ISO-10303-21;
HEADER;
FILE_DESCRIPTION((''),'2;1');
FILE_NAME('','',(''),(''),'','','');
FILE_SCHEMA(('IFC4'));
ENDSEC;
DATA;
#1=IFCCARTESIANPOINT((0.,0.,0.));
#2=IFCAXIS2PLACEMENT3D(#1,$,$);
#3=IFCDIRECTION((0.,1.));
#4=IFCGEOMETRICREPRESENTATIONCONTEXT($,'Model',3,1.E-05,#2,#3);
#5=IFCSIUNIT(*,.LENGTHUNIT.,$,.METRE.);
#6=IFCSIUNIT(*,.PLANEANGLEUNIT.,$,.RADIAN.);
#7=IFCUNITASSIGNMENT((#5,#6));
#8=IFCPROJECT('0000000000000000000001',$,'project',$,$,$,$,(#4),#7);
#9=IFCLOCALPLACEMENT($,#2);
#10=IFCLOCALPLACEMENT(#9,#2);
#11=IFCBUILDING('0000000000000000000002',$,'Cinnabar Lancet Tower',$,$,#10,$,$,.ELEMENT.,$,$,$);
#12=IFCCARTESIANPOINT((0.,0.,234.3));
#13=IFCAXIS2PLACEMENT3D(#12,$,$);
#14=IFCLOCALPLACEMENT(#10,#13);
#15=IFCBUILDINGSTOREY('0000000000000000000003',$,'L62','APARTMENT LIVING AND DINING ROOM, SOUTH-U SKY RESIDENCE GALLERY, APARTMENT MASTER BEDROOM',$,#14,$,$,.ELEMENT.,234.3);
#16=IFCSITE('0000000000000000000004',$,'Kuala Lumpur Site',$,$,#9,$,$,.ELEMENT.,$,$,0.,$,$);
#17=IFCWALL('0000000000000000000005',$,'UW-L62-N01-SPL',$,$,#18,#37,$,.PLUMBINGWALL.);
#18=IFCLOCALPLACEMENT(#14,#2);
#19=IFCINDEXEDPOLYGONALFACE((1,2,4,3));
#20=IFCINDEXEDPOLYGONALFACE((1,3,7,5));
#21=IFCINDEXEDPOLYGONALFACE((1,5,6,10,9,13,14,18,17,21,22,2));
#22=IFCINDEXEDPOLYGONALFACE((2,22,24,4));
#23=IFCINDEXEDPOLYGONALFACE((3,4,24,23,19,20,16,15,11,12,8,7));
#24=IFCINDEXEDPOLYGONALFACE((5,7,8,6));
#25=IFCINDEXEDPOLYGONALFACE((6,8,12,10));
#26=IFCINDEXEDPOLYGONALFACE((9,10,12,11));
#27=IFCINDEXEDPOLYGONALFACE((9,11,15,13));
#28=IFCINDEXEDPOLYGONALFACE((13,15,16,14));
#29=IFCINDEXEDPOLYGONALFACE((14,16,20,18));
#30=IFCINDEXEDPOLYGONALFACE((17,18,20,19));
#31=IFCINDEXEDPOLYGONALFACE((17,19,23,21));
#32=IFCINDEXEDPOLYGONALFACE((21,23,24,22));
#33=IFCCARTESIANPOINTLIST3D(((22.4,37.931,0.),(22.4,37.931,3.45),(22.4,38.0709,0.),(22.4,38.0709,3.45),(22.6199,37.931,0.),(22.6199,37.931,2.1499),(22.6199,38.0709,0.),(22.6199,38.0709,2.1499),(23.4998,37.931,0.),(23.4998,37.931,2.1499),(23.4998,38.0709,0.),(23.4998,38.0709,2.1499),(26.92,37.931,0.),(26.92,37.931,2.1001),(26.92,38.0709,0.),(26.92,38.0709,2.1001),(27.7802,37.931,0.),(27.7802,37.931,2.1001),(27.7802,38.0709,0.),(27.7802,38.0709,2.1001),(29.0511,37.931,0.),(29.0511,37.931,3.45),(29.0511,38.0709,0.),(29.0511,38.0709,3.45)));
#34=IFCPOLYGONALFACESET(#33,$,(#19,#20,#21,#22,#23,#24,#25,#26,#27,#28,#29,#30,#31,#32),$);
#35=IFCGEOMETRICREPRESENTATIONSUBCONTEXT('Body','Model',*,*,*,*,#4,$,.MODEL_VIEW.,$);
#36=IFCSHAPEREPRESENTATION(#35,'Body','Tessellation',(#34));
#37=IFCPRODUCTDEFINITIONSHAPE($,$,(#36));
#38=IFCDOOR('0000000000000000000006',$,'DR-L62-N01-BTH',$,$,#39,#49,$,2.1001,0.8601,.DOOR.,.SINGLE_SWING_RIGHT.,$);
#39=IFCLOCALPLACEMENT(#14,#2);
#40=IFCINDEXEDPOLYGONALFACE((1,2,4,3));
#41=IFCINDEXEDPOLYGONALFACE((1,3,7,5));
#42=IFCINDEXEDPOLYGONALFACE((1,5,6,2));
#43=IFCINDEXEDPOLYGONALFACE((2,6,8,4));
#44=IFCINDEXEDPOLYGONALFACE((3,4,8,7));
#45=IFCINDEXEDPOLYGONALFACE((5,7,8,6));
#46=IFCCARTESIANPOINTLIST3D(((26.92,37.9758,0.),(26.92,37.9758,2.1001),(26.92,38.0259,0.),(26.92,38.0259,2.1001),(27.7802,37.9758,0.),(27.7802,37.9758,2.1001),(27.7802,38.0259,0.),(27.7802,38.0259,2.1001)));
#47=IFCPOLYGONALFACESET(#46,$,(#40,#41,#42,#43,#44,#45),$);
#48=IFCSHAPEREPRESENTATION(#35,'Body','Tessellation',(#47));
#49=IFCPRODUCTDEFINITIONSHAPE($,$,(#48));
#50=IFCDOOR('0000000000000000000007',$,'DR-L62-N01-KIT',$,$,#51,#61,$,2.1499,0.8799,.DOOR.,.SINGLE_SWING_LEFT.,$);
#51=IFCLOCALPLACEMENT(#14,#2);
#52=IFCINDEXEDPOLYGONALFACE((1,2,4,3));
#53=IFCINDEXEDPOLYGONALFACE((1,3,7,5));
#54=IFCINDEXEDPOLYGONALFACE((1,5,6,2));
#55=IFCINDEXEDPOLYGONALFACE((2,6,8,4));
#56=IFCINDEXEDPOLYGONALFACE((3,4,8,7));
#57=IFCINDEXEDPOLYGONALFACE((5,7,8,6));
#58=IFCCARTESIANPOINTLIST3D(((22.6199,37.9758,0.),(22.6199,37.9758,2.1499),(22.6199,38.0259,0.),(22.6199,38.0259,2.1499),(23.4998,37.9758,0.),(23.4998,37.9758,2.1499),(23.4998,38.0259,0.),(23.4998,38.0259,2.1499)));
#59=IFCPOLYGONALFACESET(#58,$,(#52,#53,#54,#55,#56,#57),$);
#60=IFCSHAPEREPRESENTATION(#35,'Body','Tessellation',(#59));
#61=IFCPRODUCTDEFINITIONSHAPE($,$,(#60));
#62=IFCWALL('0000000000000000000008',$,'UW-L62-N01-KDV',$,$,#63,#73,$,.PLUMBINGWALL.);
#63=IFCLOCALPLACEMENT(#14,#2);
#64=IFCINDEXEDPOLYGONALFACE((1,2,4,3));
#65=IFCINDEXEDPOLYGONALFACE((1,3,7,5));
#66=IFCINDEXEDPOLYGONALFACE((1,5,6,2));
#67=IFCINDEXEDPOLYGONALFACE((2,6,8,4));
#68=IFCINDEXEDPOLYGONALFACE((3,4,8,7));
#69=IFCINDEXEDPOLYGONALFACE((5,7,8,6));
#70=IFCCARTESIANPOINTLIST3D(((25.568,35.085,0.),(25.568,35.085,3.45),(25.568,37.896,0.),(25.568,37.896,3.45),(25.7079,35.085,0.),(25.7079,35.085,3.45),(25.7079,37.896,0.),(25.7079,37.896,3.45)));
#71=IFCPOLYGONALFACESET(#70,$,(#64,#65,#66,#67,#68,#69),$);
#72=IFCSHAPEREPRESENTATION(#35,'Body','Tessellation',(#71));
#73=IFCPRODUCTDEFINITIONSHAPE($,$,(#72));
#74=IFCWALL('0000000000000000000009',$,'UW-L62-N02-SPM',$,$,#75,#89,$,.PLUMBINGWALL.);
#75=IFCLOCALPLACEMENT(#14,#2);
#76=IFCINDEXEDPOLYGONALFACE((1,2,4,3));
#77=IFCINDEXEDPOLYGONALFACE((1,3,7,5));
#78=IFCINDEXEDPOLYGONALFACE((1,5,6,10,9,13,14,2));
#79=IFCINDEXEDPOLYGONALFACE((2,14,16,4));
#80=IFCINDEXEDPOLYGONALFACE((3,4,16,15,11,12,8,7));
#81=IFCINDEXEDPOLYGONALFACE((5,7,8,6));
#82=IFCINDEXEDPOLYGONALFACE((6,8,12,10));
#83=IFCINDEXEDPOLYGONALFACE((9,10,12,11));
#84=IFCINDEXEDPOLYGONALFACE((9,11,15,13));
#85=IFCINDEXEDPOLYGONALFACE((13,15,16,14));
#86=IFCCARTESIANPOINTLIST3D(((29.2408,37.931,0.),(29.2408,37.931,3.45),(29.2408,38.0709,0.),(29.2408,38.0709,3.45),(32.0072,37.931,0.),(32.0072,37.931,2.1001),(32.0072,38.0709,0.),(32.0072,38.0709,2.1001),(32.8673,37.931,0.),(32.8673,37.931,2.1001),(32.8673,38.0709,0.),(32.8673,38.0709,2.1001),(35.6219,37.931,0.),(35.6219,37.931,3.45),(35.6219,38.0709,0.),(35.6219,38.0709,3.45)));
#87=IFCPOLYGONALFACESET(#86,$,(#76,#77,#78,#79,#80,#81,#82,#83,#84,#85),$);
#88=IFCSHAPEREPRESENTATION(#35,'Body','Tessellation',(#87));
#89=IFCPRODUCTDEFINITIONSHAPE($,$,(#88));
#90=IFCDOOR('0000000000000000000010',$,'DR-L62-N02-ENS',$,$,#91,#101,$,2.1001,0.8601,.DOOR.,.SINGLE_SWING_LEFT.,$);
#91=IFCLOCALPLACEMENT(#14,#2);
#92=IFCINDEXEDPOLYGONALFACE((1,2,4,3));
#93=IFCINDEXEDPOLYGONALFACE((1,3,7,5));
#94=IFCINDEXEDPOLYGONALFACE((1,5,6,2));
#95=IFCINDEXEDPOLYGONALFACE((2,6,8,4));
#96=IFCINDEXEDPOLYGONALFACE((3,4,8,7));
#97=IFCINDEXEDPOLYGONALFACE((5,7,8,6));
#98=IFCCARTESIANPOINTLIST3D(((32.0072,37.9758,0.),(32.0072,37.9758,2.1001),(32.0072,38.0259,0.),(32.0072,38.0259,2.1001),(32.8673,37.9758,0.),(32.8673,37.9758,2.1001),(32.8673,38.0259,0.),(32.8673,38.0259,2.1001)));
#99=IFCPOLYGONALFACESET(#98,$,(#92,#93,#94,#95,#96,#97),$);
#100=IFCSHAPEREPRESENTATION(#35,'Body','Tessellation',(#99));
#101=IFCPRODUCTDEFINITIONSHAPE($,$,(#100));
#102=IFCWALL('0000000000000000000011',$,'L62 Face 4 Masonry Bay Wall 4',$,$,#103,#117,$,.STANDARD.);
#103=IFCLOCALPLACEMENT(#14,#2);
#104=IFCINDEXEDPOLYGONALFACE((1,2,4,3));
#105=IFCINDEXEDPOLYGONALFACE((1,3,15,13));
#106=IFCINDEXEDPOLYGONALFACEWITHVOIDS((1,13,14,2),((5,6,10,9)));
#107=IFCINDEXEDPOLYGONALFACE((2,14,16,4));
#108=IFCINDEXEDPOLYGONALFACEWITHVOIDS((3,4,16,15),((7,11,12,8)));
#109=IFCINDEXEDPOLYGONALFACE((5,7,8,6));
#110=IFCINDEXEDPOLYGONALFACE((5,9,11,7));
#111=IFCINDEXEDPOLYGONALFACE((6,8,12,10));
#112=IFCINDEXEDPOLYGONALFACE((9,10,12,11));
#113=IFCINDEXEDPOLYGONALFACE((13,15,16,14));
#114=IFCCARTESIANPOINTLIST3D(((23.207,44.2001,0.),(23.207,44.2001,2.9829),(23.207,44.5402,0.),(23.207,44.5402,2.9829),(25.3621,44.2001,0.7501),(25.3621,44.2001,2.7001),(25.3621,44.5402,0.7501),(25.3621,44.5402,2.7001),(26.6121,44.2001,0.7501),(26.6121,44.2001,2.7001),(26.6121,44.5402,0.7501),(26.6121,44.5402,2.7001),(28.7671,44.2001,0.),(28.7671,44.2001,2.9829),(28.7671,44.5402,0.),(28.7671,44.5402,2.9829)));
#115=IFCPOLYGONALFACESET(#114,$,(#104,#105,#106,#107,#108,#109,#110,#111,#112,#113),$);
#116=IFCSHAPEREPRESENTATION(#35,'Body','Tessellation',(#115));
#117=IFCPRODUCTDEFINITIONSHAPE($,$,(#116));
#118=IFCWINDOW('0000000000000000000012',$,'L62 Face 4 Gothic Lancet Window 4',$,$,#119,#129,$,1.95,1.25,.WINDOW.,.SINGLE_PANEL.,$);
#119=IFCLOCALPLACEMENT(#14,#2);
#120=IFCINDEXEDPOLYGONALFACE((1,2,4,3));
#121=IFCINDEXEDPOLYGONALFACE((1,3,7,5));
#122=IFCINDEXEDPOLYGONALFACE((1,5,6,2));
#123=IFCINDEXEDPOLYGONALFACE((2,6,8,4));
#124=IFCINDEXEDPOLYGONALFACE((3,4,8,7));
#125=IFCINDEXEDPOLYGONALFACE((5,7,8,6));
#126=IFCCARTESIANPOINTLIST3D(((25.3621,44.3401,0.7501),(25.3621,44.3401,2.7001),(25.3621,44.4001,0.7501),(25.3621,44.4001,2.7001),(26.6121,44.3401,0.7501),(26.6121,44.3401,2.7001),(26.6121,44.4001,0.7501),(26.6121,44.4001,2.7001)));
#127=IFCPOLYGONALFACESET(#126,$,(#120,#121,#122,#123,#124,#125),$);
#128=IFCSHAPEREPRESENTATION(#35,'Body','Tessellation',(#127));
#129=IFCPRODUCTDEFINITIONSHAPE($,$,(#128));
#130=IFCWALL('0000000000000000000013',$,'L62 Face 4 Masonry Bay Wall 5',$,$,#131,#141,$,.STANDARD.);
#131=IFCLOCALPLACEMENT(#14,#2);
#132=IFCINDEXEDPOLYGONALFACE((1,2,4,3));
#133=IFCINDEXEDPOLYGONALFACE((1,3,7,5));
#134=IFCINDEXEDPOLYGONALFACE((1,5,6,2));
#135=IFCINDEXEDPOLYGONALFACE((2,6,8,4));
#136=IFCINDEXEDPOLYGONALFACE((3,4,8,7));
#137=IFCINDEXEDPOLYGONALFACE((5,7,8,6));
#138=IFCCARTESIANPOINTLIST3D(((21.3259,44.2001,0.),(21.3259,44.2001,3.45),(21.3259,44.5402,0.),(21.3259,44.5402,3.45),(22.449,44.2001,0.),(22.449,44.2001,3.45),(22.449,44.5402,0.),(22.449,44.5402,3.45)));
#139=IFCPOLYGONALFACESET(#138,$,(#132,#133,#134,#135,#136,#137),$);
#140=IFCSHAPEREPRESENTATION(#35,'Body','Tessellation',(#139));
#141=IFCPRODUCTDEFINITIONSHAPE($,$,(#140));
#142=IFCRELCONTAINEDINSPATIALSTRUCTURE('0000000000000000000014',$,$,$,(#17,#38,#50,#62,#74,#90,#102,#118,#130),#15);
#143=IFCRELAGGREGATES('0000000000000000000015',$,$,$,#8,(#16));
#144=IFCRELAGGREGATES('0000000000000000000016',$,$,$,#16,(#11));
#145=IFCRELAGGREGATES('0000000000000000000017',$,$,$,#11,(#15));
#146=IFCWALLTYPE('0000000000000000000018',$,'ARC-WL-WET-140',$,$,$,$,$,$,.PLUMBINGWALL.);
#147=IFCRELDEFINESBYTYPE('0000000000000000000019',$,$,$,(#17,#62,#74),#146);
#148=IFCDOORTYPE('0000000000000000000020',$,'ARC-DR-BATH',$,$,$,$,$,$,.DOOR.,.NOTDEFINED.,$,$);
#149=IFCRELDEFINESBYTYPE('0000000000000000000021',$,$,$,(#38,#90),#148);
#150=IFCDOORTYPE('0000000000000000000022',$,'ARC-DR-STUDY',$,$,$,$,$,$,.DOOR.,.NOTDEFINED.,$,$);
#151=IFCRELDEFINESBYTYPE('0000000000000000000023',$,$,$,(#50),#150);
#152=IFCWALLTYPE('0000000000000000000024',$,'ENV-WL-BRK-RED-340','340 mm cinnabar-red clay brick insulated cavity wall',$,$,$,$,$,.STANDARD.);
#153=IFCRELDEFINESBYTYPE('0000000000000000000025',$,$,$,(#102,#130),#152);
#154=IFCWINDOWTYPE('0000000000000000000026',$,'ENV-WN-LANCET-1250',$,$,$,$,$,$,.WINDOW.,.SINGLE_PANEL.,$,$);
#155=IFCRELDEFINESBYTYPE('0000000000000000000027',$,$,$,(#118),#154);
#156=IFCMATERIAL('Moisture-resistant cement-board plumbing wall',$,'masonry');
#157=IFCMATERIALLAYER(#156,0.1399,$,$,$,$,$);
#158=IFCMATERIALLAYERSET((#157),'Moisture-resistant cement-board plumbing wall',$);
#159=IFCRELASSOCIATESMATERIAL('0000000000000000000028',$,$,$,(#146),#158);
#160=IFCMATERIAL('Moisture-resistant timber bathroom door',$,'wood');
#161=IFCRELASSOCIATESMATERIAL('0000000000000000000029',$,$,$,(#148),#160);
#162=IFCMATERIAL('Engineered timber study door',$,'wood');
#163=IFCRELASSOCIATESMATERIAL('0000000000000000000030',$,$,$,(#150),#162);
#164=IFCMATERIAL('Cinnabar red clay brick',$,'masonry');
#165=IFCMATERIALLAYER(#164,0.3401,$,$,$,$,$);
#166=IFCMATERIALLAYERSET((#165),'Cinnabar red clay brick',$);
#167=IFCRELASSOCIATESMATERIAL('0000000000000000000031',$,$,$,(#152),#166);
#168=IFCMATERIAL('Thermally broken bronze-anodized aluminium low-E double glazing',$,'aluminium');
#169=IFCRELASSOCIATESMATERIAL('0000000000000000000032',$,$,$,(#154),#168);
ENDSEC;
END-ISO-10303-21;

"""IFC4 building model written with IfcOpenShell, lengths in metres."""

from ifc_helpers import new_model, si_unit, direction, frame, frame_2d, origin, place, context, subcontext, project, spatial, rectangle, extrude, material, layer, layer_set, type_object, element, fill, save


model = new_model("IFC4")

# Units and contexts
model_context = context("Model", 3, precision=1e-05, world=origin(), true_north=direction((0.0, 1.0)))
body_context = subcontext(model_context, "Body", "Model", "MODEL_VIEW")
ifc_project = project(units=[si_unit("LENGTHUNIT", "METRE"), si_unit("PLANEANGLEUNIT", "RADIAN")], contexts=[model_context])

# Site, building, storey
site_placement = place(None, origin())
site = spatial("IfcSite", under=ifc_project, at=site_placement, Name="Kuala Lumpur Site", CompositionType="ELEMENT", RefElevation=0.0)
building_placement = place(site_placement, origin())
building = spatial("IfcBuilding", under=site, at=building_placement, Name="Cinnabar Lancet Tower", CompositionType="ELEMENT")
storey_placement = place(building_placement, frame((0.0, 0.0, 234.3)))
storey = spatial("IfcBuildingStorey", under=building, at=storey_placement, Name="L62", Description="APARTMENT LIVING AND DINING ROOM, SOUTH-U SKY RESIDENCE GALLERY, APARTMENT MASTER BEDROOM", CompositionType="ELEMENT", Elevation=234.3)

# Wall, openings, doors
ifc_material_1 = material(Name="Moisture-resistant cement-board plumbing wall", Category="masonry")
ifc_layer_1 = layer(ifc_material_1, 0.1399)
ifc_layer_set_1 = layer_set([ifc_layer_1], Name="Moisture-resistant cement-board plumbing wall")
wall_type_1 = type_object("IfcWallType", Name="ARC-WL-WET-140", PredefinedType="PLUMBINGWALL", material=ifc_layer_set_1)
wall_1_placement = place(storey_placement, frame((22.3999, 38.001, 0.0), z_axis=(0.0, 0.0, 1.0), x_axis=(1.0, 0.0, 0.0)))
wall_1 = element("IfcWall", 1, at=wall_1_placement, inside=storey, type_object=wall_type_1, Name="UW-L62-N01-SPL", PredefinedType="PLUMBINGWALL", context=body_context, shape_type="SweptSolid", body=[
    extrude(rectangle(XDim=6.6511, YDim=0.1399, at=frame_2d((3.3257, 0.0))), origin(), (0.0, 0.0, 1.0), 3.45),
])
opening_1_placement = place(wall_1_placement, frame((4.52, 0.0, 0.0)))
opening_1 = element("IfcOpeningElement", 2, at=opening_1_placement, cuts=wall_1, PredefinedType="OPENING", context=body_context, shape_type="SweptSolid", body=[
    extrude(rectangle(XDim=0.8601, YDim=2.1001, at=frame_2d((0.4302, 1.05))), frame((0.0, 0.0798, 0.0), z_axis=(0.0, -1.0, 0.0), x_axis=(1.0, 0.0, 0.0)), (0.0, 0.0, 1.0), 0.1599),
])
opening_2_placement = place(wall_1_placement, frame((0.22, 0.0, 0.0)))
opening_2 = element("IfcOpeningElement", 3, at=opening_2_placement, cuts=wall_1, PredefinedType="OPENING", context=body_context, shape_type="SweptSolid", body=[
    extrude(rectangle(XDim=0.8799, YDim=2.1499, at=frame_2d((0.4399, 1.075))), frame((0.0, 0.0798, 0.0), z_axis=(0.0, -1.0, 0.0), x_axis=(1.0, 0.0, 0.0)), (0.0, 0.0, 1.0), 0.1599),
])
ifc_material_2 = material(Name="Moisture-resistant timber bathroom door", Category="wood")
door_type_1 = type_object("IfcDoorType", Name="ARC-DR-BATH", OperationType="NOTDEFINED", PredefinedType="DOOR", material=ifc_material_2)
door_1_placement = place(opening_1_placement, origin())
door_1 = element("IfcDoor", 4, at=door_1_placement, inside=storey, type_object=door_type_1, Name="DR-L62-N01-BTH", OperationType="SINGLE_SWING_RIGHT", OverallHeight=2.1001, OverallWidth=0.8601, PredefinedType="DOOR", context=body_context, shape_type="SweptSolid", body=[
    extrude(rectangle(XDim=0.8601, YDim=2.1001, at=frame_2d((0.4302, 1.05))), frame((0.0, 0.0249, 0.0), z_axis=(0.0, -1.0, 0.0), x_axis=(1.0, 0.0, 0.0)), (0.0, 0.0, 1.0), 0.05),
])
fill(opening_1, door_1)
ifc_material_3 = material(Name="Engineered timber study door", Category="wood")
door_type_2 = type_object("IfcDoorType", Name="ARC-DR-STUDY", OperationType="NOTDEFINED", PredefinedType="DOOR", material=ifc_material_3)
door_2_placement = place(opening_2_placement, origin())
door_2 = element("IfcDoor", 5, at=door_2_placement, inside=storey, type_object=door_type_2, Name="DR-L62-N01-KIT", OperationType="SINGLE_SWING_LEFT", OverallHeight=2.1499, OverallWidth=0.8799, PredefinedType="DOOR", context=body_context, shape_type="SweptSolid", body=[
    extrude(rectangle(XDim=0.8799, YDim=2.1499, at=frame_2d((0.4399, 1.075))), frame((0.0, 0.0249, 0.0), z_axis=(0.0, -1.0, 0.0), x_axis=(1.0, 0.0, 0.0)), (0.0, 0.0, 1.0), 0.05),
])
fill(opening_2, door_2)

# Wall
wall_2_placement = place(storey_placement, frame((25.6379, 35.085, 0.0), z_axis=(0.0, 0.0, 1.0), x_axis=(0.0, 1.0, 0.0)))
element("IfcWall", 6, at=wall_2_placement, inside=storey, type_object=wall_type_1, Name="UW-L62-N01-KDV", PredefinedType="PLUMBINGWALL", context=body_context, shape_type="SweptSolid", body=[
    extrude(rectangle(XDim=2.811, YDim=0.1399, at=frame_2d((1.4055, 0.0))), origin(), (0.0, 0.0, 1.0), 3.45),
])

# Wall, opening, door
wall_3_placement = place(storey_placement, frame((29.241, 38.001, 0.0), z_axis=(0.0, 0.0, 1.0), x_axis=(1.0, 0.0, 0.0)))
wall_3 = element("IfcWall", 7, at=wall_3_placement, inside=storey, type_object=wall_type_1, Name="UW-L62-N02-SPM", PredefinedType="PLUMBINGWALL", context=body_context, shape_type="SweptSolid", body=[
    extrude(rectangle(XDim=6.3811, YDim=0.1399, at=frame_2d((3.1904, 0.0))), origin(), (0.0, 0.0, 1.0), 3.45),
])
opening_3_placement = place(wall_3_placement, frame((2.7661, 0.0, 0.0)))
opening_3 = element("IfcOpeningElement", 8, at=opening_3_placement, cuts=wall_3, PredefinedType="OPENING", context=body_context, shape_type="SweptSolid", body=[
    extrude(rectangle(XDim=0.8601, YDim=2.1001, at=frame_2d((0.4302, 1.05))), frame((0.0, 0.0798, 0.0), z_axis=(0.0, -1.0, 0.0), x_axis=(1.0, 0.0, 0.0)), (0.0, 0.0, 1.0), 0.1599),
])
door_3_placement = place(opening_3_placement, origin())
door_3 = element("IfcDoor", 9, at=door_3_placement, inside=storey, type_object=door_type_1, Name="DR-L62-N02-ENS", OperationType="SINGLE_SWING_LEFT", OverallHeight=2.1001, OverallWidth=0.8601, PredefinedType="DOOR", context=body_context, shape_type="SweptSolid", body=[
    extrude(rectangle(XDim=0.8601, YDim=2.1001, at=frame_2d((0.4302, 1.05))), frame((0.0, 0.0249, 0.0), z_axis=(0.0, -1.0, 0.0), x_axis=(1.0, 0.0, 0.0)), (0.0, 0.0, 1.0), 0.05),
])
fill(opening_3, door_3)

# Wall, opening, window
ifc_material_4 = material(Name="Cinnabar red clay brick", Category="masonry")
ifc_layer_2 = layer(ifc_material_4, 0.3401)
ifc_layer_set_2 = layer_set([ifc_layer_2], Name="Cinnabar red clay brick")
wall_type_2 = type_object("IfcWallType", Name="ENV-WL-BRK-RED-340", Description="340 mm cinnabar-red clay brick insulated cavity wall", PredefinedType="STANDARD", material=ifc_layer_set_2)
wall_4_placement = place(storey_placement, frame((28.7671, 44.3701, 0.0), z_axis=(0.0, 0.0, 1.0), x_axis=(-1.0, 0.0, 0.0)))
wall_4 = element("IfcWall", 10, at=wall_4_placement, inside=storey, type_object=wall_type_2, Name="L62 Face 4 Masonry Bay Wall 4", PredefinedType="STANDARD", context=body_context, shape_type="SweptSolid", body=[
    extrude(rectangle(XDim=5.5601, YDim=0.3401, at=frame_2d((2.78, 0.0))), origin(), (0.0, 0.0, 1.0), 2.9829),
])
opening_4_placement = place(wall_4_placement, frame((2.155, 0.0, 0.75)))
opening_4 = element("IfcOpeningElement", 11, at=opening_4_placement, cuts=wall_4, PredefinedType="OPENING", context=body_context, shape_type="SweptSolid", body=[
    extrude(rectangle(XDim=1.25, YDim=1.95, at=frame_2d((0.625, 0.9751))), frame((0.0, 0.1799, 0.0), z_axis=(0.0, -1.0, 0.0), x_axis=(1.0, 0.0, 0.0)), (0.0, 0.0, 1.0), 0.3601),
])
ifc_material_5 = material(Name="Thermally broken bronze-anodized aluminium low-E double glazing", Category="aluminium")
window_type = type_object("IfcWindowType", Name="ENV-WN-LANCET-1250", PartitioningType="SINGLE_PANEL", PredefinedType="WINDOW", material=ifc_material_5)
window_placement = place(opening_4_placement, origin())
window = element("IfcWindow", 12, at=window_placement, inside=storey, type_object=window_type, Name="L62 Face 4 Gothic Lancet Window 4", OverallHeight=1.95, OverallWidth=1.25, PartitioningType="SINGLE_PANEL", PredefinedType="WINDOW", context=body_context, shape_type="SweptSolid", body=[
    extrude(rectangle(XDim=1.25, YDim=1.95, at=frame_2d((0.625, 0.9751))), frame((0.0, 0.03, 0.0), z_axis=(0.0, -1.0, 0.0), x_axis=(1.0, 0.0, 0.0)), (0.0, 0.0, 1.0), 0.0601),
])
fill(opening_4, window)

# Wall
wall_5_placement = place(storey_placement, frame((22.449, 44.3701, 0.0), z_axis=(0.0, 0.0, 1.0), x_axis=(-1.0, 0.0, 0.0)))
element("IfcWall", 13, at=wall_5_placement, inside=storey, type_object=wall_type_2, Name="L62 Face 4 Masonry Bay Wall 5", PredefinedType="STANDARD", context=body_context, shape_type="SweptSolid", body=[
    extrude(rectangle(XDim=1.123, YDim=0.3401, at=frame_2d((0.5615, 0.0))), origin(), (0.0, 0.0, 1.0), 3.45),
])

save(model, "model.ifc")
